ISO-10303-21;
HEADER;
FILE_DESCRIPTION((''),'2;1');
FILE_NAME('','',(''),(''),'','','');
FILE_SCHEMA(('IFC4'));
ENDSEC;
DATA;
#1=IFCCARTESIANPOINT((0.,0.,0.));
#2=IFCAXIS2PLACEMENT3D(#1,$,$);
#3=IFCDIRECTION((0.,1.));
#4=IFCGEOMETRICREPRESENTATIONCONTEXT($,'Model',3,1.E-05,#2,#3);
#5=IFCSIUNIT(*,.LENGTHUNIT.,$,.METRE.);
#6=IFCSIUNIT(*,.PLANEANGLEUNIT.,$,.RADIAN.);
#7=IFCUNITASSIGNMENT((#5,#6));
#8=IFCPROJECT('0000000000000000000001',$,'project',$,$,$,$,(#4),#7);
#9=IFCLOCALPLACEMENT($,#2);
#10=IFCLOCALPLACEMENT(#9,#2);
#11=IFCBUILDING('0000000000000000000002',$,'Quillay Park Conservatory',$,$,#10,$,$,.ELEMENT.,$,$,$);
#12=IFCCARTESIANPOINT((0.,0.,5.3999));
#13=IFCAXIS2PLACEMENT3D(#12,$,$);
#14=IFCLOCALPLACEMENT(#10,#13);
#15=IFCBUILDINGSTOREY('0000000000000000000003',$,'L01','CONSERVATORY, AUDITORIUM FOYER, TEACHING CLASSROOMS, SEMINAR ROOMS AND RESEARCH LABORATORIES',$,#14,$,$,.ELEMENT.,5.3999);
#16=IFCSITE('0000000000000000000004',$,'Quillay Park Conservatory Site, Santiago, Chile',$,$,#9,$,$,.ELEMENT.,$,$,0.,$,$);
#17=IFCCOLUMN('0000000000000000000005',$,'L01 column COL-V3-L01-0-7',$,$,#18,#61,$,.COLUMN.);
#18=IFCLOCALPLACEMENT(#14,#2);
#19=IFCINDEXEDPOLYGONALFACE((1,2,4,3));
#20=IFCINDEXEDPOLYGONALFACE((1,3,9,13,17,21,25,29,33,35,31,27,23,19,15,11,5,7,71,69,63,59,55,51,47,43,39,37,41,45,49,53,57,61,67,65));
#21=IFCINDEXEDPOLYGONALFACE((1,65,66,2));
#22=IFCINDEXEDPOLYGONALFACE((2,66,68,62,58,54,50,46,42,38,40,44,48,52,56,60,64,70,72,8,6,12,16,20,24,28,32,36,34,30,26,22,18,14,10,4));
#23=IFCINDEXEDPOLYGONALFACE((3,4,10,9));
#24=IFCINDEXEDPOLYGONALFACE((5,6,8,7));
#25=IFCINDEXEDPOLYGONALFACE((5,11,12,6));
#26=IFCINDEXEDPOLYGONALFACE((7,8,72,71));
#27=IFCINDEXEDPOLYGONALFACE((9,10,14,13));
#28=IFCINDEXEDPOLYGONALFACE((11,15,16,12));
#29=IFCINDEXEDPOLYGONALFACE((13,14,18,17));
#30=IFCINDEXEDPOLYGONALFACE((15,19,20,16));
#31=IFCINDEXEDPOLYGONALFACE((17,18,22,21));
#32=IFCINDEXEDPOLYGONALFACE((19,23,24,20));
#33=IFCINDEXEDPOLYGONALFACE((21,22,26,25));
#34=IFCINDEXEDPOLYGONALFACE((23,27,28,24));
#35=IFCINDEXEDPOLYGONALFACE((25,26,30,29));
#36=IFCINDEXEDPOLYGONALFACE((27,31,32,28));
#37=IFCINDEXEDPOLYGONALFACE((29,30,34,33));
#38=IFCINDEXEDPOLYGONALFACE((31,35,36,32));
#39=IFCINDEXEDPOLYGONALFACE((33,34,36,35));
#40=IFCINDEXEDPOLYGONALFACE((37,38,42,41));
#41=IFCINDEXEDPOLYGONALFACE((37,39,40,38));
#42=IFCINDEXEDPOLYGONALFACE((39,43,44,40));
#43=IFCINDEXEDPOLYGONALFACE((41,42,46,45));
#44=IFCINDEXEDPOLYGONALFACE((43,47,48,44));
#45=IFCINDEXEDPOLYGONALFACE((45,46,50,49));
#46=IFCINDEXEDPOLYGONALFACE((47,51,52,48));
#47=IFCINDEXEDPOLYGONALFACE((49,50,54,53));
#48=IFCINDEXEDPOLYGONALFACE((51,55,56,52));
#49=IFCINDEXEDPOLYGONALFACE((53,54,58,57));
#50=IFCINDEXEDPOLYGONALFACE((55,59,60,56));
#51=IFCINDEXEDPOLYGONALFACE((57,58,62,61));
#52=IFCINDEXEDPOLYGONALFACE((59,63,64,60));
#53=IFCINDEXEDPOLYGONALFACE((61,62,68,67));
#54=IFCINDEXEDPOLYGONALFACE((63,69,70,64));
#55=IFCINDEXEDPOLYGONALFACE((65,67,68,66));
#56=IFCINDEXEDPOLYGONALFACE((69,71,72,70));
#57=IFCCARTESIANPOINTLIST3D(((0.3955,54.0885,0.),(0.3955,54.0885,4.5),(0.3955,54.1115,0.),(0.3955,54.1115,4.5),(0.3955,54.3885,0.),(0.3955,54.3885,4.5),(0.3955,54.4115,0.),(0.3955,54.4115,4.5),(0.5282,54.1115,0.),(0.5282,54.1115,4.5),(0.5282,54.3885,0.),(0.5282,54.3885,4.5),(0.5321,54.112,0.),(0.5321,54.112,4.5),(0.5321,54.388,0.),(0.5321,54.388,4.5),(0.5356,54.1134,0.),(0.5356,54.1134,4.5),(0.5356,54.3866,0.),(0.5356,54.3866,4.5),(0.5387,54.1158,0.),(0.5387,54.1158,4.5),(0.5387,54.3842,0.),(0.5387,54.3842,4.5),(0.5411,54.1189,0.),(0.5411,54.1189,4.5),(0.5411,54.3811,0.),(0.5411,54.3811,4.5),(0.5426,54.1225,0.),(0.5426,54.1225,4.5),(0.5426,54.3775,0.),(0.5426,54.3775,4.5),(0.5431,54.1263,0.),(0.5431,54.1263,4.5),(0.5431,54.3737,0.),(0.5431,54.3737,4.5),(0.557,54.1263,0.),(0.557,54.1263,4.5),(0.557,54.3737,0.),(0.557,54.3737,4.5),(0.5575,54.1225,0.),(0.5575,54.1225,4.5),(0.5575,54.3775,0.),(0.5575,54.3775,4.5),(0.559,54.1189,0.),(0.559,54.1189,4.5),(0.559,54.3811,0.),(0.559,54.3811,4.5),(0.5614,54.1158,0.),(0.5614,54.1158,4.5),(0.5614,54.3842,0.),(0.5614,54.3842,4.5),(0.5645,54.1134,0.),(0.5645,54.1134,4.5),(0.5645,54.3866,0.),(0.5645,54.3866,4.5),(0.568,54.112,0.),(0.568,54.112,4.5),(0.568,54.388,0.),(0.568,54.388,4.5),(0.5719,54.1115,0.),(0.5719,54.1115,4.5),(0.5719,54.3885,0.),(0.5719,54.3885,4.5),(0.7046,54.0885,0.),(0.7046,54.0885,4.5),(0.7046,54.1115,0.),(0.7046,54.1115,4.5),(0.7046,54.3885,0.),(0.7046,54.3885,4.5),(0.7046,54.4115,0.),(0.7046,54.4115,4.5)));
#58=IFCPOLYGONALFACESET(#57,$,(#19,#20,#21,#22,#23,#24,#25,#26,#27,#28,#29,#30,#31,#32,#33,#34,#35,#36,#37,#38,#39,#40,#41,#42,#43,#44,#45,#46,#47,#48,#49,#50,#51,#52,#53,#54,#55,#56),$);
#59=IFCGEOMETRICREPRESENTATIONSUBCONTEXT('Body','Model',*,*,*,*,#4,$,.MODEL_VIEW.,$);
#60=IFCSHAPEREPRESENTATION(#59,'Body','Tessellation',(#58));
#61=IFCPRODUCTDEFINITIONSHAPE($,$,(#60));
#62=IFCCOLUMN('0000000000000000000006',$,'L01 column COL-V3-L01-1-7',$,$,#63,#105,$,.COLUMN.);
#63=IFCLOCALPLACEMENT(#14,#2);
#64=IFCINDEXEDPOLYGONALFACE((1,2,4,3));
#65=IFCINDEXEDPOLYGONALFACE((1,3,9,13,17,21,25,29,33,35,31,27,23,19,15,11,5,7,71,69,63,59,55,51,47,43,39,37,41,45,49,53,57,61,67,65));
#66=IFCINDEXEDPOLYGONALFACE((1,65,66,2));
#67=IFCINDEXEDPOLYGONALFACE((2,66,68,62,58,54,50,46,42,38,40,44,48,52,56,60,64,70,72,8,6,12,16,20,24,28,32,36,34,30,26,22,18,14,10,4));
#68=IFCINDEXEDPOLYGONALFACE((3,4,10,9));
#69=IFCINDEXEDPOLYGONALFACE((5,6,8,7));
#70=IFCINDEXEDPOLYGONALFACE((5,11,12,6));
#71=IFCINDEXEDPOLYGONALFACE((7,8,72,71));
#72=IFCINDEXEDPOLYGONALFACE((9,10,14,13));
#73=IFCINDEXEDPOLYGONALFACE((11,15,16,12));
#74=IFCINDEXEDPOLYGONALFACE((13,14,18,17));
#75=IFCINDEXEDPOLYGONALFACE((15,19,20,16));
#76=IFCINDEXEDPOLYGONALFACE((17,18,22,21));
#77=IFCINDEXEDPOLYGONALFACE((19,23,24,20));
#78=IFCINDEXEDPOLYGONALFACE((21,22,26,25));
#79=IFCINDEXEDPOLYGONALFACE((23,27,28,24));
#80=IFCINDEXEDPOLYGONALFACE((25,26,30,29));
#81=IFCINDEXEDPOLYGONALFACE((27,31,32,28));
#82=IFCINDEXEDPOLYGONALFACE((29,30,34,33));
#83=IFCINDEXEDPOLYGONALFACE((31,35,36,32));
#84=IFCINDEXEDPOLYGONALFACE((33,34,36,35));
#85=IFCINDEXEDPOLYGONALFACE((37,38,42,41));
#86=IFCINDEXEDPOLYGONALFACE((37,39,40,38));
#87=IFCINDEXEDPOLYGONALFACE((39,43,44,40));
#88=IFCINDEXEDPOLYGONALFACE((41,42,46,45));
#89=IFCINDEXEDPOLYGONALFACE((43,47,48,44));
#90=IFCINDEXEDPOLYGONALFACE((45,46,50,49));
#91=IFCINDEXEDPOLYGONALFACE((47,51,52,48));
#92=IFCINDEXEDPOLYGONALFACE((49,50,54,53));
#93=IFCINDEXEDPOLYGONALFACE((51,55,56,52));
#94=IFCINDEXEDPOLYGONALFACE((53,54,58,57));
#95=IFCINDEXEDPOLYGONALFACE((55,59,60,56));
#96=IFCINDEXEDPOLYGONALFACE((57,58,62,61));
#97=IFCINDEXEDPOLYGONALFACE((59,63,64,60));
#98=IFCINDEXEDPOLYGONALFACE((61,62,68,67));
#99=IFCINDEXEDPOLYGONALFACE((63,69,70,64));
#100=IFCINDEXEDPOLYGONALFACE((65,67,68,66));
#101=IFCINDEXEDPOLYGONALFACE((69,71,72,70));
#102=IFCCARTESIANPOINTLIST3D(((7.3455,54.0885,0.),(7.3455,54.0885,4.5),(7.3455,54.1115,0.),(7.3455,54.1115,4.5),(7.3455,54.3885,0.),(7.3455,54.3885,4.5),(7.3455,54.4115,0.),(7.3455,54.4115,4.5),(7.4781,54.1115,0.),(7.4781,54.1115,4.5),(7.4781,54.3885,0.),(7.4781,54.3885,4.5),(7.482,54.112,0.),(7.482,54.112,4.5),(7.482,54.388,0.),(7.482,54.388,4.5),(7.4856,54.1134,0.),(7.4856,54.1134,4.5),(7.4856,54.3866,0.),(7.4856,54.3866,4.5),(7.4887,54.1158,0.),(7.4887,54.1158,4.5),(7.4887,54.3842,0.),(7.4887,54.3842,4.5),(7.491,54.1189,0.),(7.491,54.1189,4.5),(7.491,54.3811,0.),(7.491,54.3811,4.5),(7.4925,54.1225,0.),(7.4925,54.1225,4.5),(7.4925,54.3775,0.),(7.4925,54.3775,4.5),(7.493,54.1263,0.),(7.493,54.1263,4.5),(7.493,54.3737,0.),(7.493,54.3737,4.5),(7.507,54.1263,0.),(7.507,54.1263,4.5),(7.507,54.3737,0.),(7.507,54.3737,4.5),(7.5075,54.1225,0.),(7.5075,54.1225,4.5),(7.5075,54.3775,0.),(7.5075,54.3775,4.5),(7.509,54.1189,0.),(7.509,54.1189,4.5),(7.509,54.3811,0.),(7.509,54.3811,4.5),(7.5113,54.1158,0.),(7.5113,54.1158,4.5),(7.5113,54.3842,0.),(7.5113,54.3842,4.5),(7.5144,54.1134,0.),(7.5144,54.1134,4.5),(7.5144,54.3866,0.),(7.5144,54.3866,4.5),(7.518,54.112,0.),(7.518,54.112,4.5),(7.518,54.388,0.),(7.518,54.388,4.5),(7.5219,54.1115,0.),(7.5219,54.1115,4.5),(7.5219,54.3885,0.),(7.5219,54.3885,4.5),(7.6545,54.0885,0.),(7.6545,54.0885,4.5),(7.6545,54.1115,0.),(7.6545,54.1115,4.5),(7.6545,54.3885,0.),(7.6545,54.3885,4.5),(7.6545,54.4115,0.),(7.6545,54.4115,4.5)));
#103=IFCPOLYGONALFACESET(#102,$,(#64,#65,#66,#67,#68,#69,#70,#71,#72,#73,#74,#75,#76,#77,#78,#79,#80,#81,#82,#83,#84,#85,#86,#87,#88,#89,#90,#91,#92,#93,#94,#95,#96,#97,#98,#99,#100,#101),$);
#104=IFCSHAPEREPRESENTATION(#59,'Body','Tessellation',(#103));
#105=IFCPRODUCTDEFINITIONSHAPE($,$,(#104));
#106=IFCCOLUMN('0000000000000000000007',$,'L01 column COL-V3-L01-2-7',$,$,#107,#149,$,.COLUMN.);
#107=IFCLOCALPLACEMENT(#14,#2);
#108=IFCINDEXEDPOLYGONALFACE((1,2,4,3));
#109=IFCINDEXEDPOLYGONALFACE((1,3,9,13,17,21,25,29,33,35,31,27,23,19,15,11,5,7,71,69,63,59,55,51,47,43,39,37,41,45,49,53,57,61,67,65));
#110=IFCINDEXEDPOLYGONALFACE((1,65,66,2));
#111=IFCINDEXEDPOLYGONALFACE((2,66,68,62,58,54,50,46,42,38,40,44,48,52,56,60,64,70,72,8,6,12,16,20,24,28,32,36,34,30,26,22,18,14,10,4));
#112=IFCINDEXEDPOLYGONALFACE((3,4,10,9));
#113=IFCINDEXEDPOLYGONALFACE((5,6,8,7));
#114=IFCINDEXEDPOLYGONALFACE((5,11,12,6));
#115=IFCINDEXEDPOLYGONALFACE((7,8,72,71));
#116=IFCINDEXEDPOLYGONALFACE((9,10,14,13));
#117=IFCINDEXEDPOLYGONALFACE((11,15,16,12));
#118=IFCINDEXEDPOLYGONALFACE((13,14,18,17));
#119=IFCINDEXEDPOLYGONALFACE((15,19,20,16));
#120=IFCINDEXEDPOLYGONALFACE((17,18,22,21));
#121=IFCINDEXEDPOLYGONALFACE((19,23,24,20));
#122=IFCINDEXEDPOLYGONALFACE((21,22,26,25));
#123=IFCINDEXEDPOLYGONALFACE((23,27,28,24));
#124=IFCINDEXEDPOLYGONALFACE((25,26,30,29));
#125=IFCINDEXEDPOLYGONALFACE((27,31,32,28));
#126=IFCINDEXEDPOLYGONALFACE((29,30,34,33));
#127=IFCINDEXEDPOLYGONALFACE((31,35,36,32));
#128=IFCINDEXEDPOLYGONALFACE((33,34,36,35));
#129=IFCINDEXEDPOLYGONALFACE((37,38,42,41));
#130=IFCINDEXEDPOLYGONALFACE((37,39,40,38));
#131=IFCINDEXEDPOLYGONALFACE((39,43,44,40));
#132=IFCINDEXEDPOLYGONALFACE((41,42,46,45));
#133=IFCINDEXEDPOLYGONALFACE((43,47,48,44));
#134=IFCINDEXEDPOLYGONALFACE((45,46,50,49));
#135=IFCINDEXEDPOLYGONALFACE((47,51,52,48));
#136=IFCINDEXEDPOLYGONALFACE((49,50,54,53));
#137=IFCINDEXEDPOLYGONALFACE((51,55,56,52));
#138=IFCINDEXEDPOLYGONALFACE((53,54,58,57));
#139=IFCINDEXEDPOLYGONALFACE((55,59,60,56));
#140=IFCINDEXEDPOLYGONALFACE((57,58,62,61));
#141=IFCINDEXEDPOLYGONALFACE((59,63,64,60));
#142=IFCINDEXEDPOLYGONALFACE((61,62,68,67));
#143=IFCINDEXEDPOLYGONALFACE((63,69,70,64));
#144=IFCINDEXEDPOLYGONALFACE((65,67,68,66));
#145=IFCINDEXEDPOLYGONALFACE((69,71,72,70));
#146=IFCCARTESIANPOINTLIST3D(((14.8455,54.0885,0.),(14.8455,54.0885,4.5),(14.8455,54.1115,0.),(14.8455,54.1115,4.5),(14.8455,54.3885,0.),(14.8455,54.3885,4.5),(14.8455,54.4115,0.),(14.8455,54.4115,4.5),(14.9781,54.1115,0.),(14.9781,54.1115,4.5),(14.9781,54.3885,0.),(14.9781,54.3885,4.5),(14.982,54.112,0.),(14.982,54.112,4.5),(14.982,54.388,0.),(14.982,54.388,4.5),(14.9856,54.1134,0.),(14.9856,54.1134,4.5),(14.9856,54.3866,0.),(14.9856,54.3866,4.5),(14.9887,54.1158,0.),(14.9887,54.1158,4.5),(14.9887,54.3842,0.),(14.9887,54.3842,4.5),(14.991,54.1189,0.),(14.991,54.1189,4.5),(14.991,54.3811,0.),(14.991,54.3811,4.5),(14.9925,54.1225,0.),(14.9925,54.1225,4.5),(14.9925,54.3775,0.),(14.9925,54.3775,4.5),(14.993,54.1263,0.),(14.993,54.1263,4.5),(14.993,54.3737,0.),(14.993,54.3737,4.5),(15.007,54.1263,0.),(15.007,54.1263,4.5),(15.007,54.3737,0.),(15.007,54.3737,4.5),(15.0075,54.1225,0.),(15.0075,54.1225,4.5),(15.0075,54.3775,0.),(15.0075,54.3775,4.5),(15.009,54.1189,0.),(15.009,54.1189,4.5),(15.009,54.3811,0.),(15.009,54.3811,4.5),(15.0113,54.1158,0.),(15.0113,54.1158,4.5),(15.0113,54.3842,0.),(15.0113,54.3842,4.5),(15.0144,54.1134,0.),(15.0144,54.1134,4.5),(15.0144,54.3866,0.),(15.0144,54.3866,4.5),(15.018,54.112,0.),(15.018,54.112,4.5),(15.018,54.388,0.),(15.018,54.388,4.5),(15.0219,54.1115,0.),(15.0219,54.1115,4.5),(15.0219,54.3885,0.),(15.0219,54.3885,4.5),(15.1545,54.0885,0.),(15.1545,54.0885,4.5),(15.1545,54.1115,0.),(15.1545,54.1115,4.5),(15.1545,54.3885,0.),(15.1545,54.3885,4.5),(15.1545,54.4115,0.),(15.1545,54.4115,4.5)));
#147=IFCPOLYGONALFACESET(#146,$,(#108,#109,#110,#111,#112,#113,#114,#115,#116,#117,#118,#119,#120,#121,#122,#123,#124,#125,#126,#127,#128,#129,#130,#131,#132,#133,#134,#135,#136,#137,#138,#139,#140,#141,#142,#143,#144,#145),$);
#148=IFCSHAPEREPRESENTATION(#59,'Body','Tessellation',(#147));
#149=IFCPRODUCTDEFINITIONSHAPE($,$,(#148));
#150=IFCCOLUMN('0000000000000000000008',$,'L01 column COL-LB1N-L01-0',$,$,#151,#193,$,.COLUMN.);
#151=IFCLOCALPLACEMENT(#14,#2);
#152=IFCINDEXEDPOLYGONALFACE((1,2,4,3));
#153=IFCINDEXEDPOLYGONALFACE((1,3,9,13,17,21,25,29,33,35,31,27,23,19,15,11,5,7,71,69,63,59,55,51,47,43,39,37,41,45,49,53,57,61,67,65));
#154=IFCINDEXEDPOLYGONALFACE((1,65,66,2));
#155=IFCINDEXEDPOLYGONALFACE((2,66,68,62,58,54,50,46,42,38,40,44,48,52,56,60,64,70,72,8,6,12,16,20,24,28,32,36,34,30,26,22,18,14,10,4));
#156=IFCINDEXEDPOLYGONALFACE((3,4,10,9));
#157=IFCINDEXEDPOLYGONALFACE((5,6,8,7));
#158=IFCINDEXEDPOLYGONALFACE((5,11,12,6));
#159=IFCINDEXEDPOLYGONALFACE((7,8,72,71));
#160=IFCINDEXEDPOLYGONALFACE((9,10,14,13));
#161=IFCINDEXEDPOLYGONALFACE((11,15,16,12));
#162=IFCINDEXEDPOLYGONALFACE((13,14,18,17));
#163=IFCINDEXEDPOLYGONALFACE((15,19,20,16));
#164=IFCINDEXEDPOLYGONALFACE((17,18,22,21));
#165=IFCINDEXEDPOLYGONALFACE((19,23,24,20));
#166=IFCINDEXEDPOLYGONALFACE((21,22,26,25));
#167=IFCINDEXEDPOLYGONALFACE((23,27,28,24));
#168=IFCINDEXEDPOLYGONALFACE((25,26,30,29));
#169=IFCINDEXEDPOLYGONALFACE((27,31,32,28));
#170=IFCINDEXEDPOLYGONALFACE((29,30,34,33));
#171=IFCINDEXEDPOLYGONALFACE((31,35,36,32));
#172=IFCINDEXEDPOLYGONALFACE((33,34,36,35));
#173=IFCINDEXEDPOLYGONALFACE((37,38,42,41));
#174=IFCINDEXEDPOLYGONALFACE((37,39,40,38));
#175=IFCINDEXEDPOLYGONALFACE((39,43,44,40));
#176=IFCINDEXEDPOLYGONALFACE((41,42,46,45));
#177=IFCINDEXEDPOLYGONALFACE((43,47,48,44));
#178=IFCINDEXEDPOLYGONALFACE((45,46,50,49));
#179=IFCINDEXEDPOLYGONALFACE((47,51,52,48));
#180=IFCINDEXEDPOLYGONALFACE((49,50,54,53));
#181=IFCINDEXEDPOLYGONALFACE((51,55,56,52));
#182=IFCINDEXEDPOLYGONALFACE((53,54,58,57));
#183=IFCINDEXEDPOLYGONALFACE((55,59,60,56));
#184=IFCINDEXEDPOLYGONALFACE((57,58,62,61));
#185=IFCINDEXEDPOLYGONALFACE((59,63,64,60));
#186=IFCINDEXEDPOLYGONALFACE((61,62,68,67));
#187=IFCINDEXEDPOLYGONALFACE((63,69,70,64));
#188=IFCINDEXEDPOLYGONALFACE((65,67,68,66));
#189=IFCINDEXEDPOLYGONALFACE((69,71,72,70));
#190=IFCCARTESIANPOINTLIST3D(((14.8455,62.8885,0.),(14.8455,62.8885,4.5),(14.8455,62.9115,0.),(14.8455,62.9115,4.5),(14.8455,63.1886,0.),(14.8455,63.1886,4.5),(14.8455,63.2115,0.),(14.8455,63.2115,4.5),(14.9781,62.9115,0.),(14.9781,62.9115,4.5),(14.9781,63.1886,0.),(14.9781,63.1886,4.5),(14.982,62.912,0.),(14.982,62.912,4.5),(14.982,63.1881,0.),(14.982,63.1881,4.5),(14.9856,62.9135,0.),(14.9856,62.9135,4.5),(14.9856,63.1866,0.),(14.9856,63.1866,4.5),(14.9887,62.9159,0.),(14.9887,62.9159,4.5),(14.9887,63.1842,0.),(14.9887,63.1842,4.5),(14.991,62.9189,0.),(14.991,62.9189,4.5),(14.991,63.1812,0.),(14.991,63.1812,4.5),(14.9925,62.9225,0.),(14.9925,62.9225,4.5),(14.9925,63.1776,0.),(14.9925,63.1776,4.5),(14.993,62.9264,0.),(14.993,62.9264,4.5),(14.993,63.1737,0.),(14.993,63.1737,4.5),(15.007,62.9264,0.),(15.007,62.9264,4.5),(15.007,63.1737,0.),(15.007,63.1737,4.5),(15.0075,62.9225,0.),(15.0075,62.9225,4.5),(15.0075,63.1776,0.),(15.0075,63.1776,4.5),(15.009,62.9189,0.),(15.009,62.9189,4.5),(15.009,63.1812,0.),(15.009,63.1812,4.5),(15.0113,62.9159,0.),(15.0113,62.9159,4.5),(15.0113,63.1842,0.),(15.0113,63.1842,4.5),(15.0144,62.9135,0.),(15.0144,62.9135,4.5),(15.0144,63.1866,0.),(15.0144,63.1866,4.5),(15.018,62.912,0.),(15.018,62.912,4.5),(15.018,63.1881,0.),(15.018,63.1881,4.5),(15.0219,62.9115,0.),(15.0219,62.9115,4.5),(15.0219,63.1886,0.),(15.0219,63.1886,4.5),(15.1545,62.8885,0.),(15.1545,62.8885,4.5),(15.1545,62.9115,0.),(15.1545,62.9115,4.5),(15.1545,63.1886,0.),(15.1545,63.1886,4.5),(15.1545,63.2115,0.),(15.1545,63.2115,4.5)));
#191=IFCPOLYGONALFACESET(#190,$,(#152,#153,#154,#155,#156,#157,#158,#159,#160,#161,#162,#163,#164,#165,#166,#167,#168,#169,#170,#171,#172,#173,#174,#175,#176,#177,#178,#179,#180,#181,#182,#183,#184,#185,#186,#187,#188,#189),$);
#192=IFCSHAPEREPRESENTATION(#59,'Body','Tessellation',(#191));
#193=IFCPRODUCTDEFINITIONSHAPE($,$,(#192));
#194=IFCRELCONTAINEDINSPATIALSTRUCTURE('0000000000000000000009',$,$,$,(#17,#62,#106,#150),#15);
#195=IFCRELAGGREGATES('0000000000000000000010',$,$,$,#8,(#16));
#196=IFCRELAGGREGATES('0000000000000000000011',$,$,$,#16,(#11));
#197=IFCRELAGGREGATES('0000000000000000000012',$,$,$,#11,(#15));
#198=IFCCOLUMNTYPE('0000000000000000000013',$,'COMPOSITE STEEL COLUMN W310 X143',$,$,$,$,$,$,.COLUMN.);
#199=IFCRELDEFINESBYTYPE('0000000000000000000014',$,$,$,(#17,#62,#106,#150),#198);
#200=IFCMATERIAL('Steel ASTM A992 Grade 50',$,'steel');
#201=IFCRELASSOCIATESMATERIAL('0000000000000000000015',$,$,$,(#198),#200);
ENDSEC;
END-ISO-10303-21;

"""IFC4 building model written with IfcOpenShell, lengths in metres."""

from ifc_helpers import new_model, si_unit, direction, frame, origin, origin_2d, place, context, subcontext, project, spatial, i_section, extrude, material, material_profile, profile_set, type_object, element, save


model = new_model("IFC4")

# Units and contexts
model_context = context("Model", 3, precision=1e-05, world=origin(), true_north=direction((0.0, 1.0)))
body_context = subcontext(model_context, "Body", "Model", "MODEL_VIEW")
ifc_project = project(units=[si_unit("LENGTHUNIT", "METRE"), si_unit("PLANEANGLEUNIT", "RADIAN")], contexts=[model_context])

# Site, building, storey
site_placement = place(None, origin())
site = spatial("IfcSite", under=ifc_project, at=site_placement, Name="Quillay Park Conservatory Site, Santiago, Chile", CompositionType="ELEMENT", RefElevation=0.0)
building_placement = place(site_placement, origin())
building = spatial("IfcBuilding", under=site, at=building_placement, Name="Quillay Park Conservatory", CompositionType="ELEMENT")
storey_placement = place(building_placement, frame((0.0, 0.0, 5.3999)))
storey = spatial("IfcBuildingStorey", under=building, at=storey_placement, Name="L01", Description="CONSERVATORY, AUDITORIUM FOYER, TEACHING CLASSROOMS, SEMINAR ROOMS AND RESEARCH LABORATORIES", CompositionType="ELEMENT", Elevation=5.3999)

# Columns
ifc_material_1 = material(Name="Steel ASTM A992 Grade 50", Category="steel")
ifc_material_profile_1 = material_profile(ifc_material_1, i_section(OverallWidth=0.3091, OverallDepth=0.323, WebThickness=0.0139, FlangeThickness=0.0229, FilletRadius=0.0149, at=origin_2d()), Name="W310x143")
ifc_profile_set_1 = profile_set([ifc_material_profile_1], Name="Steel ASTM A992 Grade 50")
column_type_1 = type_object("IfcColumnType", Name="COMPOSITE STEEL COLUMN W310 X143", PredefinedType="COLUMN", material=ifc_profile_set_1)
for number, where, z_axis, x_axis, name in (
    (1, (0.55, 54.25, 0.0), (0.0, 0.0, 1.0), (1.0, 0.0, 0.0), "L01 column COL-V3-L01-0-7"),
    (2, (7.5, 54.25, 0.0), (0.0, 0.0, 1.0), (1.0, 0.0, 0.0), "L01 column COL-V3-L01-1-7"),
    (3, (15.0, 54.25, 0.0), (0.0, 0.0, 1.0), (1.0, 0.0, 0.0), "L01 column COL-V3-L01-2-7"),
    (4, (15.0, 63.05, 0.0), (0.0, 0.0, 1.0), (1.0, 0.0, 0.0), "L01 column COL-LB1N-L01-0"),
):
    element("IfcColumn", number, at=place(storey_placement, frame(where, z_axis=z_axis, x_axis=x_axis)), inside=storey, type_object=column_type_1, Name=name, PredefinedType="COLUMN", context=body_context, shape_type="SweptSolid", body=[
        extrude(i_section(OverallWidth=0.3091, OverallDepth=0.323, WebThickness=0.0139, FlangeThickness=0.0229, FilletRadius=0.0149, at=origin_2d()), origin(), (0.0, 0.0, 1.0), 4.5),
    ])

save(model, "model.ifc")
